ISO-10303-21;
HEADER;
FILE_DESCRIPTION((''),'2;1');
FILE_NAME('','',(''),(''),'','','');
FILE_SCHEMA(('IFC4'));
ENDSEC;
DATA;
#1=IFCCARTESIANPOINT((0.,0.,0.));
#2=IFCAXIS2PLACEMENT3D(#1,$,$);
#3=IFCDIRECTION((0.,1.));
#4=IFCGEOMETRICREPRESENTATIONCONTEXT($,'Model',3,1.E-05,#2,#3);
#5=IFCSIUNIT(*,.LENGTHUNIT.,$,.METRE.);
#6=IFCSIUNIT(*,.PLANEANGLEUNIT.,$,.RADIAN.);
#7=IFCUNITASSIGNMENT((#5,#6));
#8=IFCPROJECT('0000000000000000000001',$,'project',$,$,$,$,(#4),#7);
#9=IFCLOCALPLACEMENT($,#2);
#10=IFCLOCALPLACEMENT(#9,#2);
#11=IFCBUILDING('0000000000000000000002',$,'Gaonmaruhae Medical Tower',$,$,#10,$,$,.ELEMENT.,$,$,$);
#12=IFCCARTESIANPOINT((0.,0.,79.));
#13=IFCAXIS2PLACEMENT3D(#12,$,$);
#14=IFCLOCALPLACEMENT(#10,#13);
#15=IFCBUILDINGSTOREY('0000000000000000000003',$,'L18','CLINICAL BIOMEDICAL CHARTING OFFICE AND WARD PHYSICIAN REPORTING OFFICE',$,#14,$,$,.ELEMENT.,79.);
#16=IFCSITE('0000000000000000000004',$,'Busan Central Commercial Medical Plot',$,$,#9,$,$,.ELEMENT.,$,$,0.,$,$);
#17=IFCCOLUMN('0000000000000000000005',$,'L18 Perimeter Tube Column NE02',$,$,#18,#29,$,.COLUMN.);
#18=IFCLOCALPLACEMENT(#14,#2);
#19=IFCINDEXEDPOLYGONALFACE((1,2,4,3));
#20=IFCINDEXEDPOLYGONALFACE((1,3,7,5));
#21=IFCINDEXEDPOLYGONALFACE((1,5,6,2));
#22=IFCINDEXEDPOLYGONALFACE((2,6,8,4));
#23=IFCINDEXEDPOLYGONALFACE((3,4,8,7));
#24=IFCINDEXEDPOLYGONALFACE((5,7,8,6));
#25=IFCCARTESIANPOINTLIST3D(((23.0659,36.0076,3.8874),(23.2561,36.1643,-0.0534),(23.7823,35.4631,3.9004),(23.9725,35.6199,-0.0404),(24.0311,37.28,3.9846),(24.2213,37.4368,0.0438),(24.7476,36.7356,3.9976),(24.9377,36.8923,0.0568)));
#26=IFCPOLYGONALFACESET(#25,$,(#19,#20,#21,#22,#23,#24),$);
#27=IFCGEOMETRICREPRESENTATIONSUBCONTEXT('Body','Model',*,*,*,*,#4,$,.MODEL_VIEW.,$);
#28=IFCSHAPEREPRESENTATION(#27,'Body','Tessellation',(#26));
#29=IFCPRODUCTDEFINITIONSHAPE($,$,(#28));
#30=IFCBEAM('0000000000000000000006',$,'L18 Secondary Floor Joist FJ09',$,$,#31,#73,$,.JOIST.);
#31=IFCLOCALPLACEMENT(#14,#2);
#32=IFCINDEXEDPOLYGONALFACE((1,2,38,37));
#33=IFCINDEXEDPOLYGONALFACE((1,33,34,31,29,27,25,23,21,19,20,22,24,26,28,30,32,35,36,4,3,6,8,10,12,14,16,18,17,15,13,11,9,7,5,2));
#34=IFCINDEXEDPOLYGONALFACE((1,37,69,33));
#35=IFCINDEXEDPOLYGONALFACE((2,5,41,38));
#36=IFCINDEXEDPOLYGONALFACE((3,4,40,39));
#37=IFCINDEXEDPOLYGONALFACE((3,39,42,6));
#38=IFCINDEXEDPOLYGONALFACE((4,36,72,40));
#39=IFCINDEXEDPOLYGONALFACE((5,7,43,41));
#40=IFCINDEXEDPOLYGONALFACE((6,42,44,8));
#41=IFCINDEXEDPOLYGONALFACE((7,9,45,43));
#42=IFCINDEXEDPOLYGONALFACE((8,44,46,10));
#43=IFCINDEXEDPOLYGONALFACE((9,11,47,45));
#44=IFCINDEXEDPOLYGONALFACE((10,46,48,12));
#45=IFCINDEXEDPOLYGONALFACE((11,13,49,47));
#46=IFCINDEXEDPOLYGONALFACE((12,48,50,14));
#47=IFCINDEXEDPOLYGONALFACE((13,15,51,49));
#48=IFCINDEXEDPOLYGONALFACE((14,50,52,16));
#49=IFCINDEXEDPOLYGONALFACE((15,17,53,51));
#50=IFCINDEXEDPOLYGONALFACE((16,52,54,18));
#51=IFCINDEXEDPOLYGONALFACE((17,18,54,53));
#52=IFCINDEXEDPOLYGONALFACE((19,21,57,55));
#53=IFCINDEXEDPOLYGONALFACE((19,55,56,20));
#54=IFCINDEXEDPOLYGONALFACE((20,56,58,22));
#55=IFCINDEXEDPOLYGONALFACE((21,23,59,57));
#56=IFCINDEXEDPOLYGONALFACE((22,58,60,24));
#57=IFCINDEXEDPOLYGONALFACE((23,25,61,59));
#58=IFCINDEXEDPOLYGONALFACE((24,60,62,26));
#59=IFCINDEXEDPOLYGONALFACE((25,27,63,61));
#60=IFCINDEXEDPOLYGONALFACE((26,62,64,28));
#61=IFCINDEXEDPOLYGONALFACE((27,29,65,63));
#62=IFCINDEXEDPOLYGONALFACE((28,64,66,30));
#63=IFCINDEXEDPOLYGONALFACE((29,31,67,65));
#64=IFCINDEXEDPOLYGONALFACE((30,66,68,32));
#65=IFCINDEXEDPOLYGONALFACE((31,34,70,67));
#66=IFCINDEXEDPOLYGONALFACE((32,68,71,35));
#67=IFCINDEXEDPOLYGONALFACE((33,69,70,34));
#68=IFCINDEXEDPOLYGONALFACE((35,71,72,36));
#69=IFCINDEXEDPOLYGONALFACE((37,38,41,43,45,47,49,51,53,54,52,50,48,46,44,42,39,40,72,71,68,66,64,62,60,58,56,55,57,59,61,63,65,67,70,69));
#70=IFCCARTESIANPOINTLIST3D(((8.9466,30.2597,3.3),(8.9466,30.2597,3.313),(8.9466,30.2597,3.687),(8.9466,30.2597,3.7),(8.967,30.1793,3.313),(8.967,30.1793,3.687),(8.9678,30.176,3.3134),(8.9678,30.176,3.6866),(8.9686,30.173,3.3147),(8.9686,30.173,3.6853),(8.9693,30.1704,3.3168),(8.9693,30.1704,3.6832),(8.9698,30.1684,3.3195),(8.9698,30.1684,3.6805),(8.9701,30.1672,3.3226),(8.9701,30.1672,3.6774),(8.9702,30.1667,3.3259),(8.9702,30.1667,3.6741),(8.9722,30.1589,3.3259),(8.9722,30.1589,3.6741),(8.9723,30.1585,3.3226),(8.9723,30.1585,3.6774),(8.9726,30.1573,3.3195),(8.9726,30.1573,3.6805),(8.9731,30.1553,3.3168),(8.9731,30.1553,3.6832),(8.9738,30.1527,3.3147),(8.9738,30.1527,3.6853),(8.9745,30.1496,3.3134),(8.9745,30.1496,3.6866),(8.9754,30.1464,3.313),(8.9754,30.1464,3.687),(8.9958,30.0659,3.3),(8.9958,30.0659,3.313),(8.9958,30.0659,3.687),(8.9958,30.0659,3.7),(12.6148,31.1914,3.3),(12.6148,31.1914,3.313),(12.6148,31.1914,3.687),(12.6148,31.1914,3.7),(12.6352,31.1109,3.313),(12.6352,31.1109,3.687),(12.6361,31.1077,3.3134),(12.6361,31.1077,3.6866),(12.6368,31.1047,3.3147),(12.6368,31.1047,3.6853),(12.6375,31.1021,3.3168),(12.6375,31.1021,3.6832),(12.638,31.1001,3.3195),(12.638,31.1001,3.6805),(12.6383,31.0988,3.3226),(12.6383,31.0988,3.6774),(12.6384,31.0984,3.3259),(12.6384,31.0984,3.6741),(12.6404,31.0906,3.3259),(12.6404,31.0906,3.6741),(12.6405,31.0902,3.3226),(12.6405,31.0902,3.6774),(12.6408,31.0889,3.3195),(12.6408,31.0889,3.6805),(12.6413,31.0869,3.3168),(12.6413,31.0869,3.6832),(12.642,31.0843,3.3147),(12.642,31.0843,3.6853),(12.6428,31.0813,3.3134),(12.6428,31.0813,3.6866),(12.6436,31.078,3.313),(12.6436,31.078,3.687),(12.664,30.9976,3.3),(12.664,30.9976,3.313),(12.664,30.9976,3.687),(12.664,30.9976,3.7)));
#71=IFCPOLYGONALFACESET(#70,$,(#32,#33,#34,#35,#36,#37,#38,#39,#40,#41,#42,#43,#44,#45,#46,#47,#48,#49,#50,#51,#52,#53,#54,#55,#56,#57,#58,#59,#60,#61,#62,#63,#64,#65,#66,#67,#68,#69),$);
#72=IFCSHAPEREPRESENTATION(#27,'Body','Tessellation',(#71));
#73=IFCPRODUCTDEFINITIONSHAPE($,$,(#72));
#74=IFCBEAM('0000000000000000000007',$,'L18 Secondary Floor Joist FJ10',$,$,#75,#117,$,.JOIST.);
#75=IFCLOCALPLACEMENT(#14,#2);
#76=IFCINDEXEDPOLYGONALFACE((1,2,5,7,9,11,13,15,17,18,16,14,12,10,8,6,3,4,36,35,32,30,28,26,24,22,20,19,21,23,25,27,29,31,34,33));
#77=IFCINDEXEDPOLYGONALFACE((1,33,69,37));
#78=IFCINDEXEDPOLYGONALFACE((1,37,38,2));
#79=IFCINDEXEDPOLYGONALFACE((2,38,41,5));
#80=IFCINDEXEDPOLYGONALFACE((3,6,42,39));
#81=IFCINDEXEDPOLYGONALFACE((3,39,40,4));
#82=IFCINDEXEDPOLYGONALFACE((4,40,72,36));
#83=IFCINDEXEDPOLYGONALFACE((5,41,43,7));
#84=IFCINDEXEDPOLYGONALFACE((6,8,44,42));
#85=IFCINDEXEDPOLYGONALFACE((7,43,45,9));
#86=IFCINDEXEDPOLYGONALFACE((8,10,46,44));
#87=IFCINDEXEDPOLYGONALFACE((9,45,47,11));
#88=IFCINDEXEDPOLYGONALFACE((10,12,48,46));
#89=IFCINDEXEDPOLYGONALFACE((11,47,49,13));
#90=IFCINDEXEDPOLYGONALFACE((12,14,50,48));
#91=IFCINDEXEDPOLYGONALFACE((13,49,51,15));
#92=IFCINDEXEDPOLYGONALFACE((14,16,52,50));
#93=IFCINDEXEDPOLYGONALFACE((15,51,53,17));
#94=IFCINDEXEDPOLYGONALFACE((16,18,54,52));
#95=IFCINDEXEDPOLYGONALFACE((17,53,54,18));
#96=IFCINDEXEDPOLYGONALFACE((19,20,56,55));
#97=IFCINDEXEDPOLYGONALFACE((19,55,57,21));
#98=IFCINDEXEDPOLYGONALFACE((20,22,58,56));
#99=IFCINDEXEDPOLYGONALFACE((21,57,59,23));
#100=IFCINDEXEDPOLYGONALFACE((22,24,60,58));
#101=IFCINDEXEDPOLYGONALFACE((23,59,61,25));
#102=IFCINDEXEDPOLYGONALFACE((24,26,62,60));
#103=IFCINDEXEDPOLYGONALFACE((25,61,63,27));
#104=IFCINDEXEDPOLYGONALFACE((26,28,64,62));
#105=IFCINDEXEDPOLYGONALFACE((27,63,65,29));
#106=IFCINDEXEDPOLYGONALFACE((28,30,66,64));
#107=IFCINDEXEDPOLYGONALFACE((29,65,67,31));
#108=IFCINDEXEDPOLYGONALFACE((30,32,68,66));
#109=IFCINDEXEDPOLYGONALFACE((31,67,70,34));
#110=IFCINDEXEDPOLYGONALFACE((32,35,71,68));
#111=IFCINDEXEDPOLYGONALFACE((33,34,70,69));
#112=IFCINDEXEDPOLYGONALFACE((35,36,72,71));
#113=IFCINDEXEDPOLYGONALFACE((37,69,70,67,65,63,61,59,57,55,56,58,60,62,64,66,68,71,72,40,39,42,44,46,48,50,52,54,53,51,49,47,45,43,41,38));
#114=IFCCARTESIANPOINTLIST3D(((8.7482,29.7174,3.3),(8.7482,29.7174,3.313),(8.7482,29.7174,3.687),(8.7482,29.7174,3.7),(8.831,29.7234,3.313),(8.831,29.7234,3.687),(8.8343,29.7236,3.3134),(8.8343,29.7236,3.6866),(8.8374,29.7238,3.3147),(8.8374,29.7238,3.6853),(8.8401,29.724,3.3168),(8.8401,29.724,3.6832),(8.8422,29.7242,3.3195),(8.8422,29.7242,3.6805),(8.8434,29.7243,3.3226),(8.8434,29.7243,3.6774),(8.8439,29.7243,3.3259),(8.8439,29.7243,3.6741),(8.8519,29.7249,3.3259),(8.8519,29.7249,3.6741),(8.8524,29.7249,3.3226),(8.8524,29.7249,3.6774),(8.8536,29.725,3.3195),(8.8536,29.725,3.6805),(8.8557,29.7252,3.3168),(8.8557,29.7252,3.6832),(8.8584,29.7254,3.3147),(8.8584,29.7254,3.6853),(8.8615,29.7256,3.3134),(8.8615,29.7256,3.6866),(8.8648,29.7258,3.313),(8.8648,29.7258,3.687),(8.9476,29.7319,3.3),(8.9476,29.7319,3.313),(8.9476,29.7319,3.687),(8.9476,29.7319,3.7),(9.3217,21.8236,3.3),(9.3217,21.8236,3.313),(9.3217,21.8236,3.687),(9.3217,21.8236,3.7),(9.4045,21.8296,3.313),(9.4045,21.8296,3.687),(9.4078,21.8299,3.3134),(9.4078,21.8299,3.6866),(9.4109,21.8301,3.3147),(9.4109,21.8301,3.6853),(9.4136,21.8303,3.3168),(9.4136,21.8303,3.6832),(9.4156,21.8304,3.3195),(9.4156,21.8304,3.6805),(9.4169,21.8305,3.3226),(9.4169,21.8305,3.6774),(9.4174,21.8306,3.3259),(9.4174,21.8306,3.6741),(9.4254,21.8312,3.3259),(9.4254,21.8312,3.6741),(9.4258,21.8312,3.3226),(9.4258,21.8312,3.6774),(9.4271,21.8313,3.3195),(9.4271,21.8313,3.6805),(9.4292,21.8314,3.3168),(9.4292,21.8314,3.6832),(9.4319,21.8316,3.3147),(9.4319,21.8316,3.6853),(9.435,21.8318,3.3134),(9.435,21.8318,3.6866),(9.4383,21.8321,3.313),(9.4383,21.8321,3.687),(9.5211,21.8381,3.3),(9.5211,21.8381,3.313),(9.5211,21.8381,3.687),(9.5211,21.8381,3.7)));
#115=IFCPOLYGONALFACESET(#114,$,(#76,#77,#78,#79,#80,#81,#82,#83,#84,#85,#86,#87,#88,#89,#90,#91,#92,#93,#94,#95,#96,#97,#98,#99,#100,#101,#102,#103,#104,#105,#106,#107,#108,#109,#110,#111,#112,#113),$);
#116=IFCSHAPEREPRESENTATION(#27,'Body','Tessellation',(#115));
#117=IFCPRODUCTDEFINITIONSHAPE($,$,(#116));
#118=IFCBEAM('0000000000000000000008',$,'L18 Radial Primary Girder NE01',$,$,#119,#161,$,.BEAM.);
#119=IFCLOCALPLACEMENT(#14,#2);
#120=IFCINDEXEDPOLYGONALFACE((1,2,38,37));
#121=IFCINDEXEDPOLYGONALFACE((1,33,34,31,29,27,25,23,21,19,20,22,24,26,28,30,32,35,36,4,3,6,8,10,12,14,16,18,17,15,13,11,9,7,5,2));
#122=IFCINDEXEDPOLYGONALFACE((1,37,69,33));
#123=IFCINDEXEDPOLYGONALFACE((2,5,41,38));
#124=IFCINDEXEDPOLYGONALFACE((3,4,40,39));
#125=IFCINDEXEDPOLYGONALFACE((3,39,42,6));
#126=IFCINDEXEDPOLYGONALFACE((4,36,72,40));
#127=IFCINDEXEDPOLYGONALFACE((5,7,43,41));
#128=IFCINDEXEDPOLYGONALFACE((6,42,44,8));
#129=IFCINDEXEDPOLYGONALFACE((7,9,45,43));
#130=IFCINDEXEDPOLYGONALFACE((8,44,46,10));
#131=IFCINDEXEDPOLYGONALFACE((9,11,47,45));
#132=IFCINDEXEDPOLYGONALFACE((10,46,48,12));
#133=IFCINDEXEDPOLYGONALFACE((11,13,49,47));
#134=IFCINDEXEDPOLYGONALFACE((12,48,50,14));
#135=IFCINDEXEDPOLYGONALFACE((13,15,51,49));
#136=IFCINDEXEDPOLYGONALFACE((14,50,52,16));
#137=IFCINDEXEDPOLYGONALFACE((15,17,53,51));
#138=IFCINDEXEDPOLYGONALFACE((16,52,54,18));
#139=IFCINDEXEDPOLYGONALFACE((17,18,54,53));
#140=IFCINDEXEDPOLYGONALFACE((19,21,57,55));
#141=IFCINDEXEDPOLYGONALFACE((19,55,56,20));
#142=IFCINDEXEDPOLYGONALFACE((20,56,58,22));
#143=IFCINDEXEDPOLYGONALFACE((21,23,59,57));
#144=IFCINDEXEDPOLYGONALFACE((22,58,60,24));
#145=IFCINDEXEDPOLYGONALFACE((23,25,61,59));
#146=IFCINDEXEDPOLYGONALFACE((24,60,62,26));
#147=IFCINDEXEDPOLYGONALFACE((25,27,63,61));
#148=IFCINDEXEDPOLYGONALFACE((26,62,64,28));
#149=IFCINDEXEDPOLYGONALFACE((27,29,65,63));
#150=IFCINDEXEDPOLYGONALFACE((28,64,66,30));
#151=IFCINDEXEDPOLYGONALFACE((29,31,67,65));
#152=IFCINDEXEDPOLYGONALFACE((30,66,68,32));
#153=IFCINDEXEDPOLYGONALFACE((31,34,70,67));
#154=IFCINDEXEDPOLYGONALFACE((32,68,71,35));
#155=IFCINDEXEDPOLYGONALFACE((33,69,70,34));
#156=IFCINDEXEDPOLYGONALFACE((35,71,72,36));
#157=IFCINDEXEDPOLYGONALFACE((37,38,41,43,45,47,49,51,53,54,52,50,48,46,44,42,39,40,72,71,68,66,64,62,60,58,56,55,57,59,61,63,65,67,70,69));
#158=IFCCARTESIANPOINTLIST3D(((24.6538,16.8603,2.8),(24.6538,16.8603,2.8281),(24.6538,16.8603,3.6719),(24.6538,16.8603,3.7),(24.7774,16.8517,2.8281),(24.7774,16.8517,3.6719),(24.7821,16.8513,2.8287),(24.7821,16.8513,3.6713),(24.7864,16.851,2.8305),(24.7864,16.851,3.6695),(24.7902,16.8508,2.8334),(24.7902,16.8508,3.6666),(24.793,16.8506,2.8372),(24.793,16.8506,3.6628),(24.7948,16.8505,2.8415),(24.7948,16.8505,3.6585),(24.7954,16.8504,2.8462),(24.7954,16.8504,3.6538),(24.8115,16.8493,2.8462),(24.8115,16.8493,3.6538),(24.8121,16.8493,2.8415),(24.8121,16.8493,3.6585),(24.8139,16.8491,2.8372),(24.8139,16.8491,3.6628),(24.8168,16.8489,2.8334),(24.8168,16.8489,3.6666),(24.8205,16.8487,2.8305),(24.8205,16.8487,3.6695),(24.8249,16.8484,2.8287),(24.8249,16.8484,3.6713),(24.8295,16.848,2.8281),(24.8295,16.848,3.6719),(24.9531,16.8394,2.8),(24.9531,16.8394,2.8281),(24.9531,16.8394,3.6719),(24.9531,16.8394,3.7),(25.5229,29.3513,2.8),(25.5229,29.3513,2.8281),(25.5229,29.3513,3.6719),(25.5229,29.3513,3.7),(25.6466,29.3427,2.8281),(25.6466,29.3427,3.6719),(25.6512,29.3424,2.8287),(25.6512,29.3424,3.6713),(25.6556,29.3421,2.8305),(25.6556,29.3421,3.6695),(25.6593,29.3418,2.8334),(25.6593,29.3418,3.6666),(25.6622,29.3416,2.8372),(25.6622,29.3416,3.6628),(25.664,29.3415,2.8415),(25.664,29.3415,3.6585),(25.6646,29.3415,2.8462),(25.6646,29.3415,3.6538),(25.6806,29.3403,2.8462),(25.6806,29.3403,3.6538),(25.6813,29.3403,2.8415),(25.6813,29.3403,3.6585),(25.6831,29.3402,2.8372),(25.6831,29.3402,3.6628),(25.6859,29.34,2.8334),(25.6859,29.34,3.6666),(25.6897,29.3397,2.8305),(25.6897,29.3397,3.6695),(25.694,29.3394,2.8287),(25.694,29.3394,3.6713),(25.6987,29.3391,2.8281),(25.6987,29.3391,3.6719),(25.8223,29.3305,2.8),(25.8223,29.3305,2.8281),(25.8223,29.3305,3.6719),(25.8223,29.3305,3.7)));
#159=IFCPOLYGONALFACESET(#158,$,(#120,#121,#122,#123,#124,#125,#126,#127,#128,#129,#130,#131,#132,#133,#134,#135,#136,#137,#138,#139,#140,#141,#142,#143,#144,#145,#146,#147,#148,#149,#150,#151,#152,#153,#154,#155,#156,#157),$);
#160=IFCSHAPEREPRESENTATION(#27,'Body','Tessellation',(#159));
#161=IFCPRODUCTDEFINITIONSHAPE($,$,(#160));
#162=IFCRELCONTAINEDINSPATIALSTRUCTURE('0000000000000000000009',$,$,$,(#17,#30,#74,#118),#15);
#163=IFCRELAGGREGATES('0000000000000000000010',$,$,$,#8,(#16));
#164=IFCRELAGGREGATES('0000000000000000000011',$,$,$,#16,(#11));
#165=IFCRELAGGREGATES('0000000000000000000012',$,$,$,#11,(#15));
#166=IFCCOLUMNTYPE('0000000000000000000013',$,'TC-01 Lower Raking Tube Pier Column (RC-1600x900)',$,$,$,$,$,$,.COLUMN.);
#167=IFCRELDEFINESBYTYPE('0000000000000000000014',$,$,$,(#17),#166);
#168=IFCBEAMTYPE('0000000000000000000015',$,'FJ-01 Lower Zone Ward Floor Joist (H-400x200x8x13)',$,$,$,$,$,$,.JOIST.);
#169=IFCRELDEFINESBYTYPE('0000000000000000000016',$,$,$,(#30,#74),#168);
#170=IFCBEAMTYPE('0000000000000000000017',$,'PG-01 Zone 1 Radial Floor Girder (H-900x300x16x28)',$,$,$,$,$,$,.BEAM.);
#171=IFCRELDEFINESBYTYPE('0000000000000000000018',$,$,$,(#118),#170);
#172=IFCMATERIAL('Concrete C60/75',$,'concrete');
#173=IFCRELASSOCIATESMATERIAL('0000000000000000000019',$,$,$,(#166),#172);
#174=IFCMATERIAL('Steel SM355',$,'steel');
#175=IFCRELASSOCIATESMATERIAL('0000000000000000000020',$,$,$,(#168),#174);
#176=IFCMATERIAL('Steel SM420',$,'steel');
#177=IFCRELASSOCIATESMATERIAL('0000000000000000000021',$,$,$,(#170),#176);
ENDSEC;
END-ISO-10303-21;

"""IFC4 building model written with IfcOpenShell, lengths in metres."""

from ifc_helpers import new_model, si_unit, direction, frame, origin, origin_2d, place, context, subcontext, project, spatial, rectangle, i_section, extrude, material, material_profile, profile_set, type_object, element, save


model = new_model("IFC4")

# Units and contexts
model_context = context("Model", 3, precision=1e-05, world=origin(), true_north=direction((0.0, 1.0)))
body_context = subcontext(model_context, "Body", "Model", "MODEL_VIEW")
ifc_project = project(units=[si_unit("LENGTHUNIT", "METRE"), si_unit("PLANEANGLEUNIT", "RADIAN")], contexts=[model_context])

# Site, building, storey
site_placement = place(None, origin())
site = spatial("IfcSite", under=ifc_project, at=site_placement, Name="Busan Central Commercial Medical Plot", CompositionType="ELEMENT", RefElevation=0.0)
building_placement = place(site_placement, origin())
building = spatial("IfcBuilding", under=site, at=building_placement, Name="Gaonmaruhae Medical Tower", CompositionType="ELEMENT")
storey_placement = place(building_placement, frame((0.0, 0.0, 79.0)))
storey = spatial("IfcBuildingStorey", under=building, at=storey_placement, Name="L18", Description="CLINICAL BIOMEDICAL CHARTING OFFICE AND WARD PHYSICIAN REPORTING OFFICE", CompositionType="ELEMENT", Elevation=79.0)

# Column
ifc_material_1 = material(Name="Concrete C60/75", Category="concrete")
ifc_material_profile_1 = material_profile(ifc_material_1, rectangle(XDim=1.6001, YDim=0.8999, at=origin_2d()), Name="RC-1600x900")
ifc_profile_set_1 = profile_set([ifc_material_profile_1], Name="Concrete C60/75")
column_type = type_object("IfcColumnType", Name="TC-01 Lower Raking Tube Pier Column (RC-1600x900)", PredefinedType="COLUMN", material=ifc_profile_set_1)
column_placement = place(storey_placement, frame((24.0969, 36.5283, 0.0017), z_axis=(-0.048168, -0.039697, 0.99805), x_axis=(0.603231, 0.79525, 0.060744)))
element("IfcColumn", 1, at=column_placement, inside=storey, type_object=column_type, Name="L18 Perimeter Tube Column NE02", PredefinedType="COLUMN", context=body_context, shape_type="SweptSolid", body=[
    extrude(rectangle(XDim=1.6001, YDim=0.8999, at=origin_2d()), origin(), (0.0, 0.0, 1.0), 3.9485),
])

# Beams
ifc_material_2 = material(Name="Steel SM355", Category="steel")
ifc_material_profile_2 = material_profile(ifc_material_2, i_section(OverallWidth=0.2, OverallDepth=0.3999, WebThickness=0.0081, FlangeThickness=0.0129, FilletRadius=0.0129, at=origin_2d()), Name="H-400x200x8x13")
ifc_profile_set_2 = profile_set([ifc_material_profile_2], Name="Steel SM355")
beam_type_1 = type_object("IfcBeamType", Name="FJ-01 Lower Zone Ward Floor Joist (H-400x200x8x13)", PredefinedType="JOIST", material=ifc_profile_set_2)
beam_1_placement = place(storey_placement, frame((12.6394, 31.0945, 3.5), z_axis=(-0.969229, -0.246162, 0.0), x_axis=(0.246162, -0.969229, 0.0)))
element("IfcBeam", 2, at=beam_1_placement, inside=storey, type_object=beam_type_1, Name="L18 Secondary Floor Joist FJ09", PredefinedType="JOIST", context=body_context, shape_type="SweptSolid", body=[
    extrude(i_section(OverallWidth=0.2, OverallDepth=0.3999, WebThickness=0.0081, FlangeThickness=0.0129, FilletRadius=0.0129, at=origin_2d()), origin(), (0.0, 0.0, 1.0), 3.7847),
])
beam_2_placement = place(storey_placement, frame((8.8479, 29.7246, 3.5), z_axis=(0.072459, -0.997371, 0.0), x_axis=(0.997371, 0.072459, 0.0)))
element("IfcBeam", 3, at=beam_2_placement, inside=storey, type_object=beam_type_1, Name="L18 Secondary Floor Joist FJ10", PredefinedType="JOIST", context=body_context, shape_type="SweptSolid", body=[
    extrude(i_section(OverallWidth=0.2, OverallDepth=0.3999, WebThickness=0.0081, FlangeThickness=0.0129, FilletRadius=0.0129, at=origin_2d()), origin(), (0.0, 0.0, 1.0), 7.9146),
])
ifc_material_3 = material(Name="Steel SM420", Category="steel")
ifc_material_profile_3 = material_profile(ifc_material_3, i_section(OverallWidth=0.3, OverallDepth=0.8999, WebThickness=0.0161, FlangeThickness=0.0281, FilletRadius=0.0181, at=origin_2d()), Name="H-900x300x16x28")
ifc_profile_set_3 = profile_set([ifc_material_profile_3], Name="Steel SM420")
beam_type_2 = type_object("IfcBeamType", Name="PG-01 Zone 1 Radial Floor Girder (H-900x300x16x28)", PredefinedType="BEAM", material=ifc_profile_set_3)
beam_3_placement = place(storey_placement, frame((24.8035, 16.8499, 3.25), z_axis=(0.069414, 0.997588, 0.0), x_axis=(-0.997588, 0.069414, 0.0)))
element("IfcBeam", 4, at=beam_3_placement, inside=storey, type_object=beam_type_2, Name="L18 Radial Primary Girder NE01", PredefinedType="BEAM", context=body_context, shape_type="SweptSolid", body=[
    extrude(i_section(OverallWidth=0.3, OverallDepth=0.8999, WebThickness=0.0161, FlangeThickness=0.0281, FilletRadius=0.0181, at=origin_2d()), origin(), (0.0, 0.0, 1.0), 12.5212),
])

save(model, "model.ifc")
